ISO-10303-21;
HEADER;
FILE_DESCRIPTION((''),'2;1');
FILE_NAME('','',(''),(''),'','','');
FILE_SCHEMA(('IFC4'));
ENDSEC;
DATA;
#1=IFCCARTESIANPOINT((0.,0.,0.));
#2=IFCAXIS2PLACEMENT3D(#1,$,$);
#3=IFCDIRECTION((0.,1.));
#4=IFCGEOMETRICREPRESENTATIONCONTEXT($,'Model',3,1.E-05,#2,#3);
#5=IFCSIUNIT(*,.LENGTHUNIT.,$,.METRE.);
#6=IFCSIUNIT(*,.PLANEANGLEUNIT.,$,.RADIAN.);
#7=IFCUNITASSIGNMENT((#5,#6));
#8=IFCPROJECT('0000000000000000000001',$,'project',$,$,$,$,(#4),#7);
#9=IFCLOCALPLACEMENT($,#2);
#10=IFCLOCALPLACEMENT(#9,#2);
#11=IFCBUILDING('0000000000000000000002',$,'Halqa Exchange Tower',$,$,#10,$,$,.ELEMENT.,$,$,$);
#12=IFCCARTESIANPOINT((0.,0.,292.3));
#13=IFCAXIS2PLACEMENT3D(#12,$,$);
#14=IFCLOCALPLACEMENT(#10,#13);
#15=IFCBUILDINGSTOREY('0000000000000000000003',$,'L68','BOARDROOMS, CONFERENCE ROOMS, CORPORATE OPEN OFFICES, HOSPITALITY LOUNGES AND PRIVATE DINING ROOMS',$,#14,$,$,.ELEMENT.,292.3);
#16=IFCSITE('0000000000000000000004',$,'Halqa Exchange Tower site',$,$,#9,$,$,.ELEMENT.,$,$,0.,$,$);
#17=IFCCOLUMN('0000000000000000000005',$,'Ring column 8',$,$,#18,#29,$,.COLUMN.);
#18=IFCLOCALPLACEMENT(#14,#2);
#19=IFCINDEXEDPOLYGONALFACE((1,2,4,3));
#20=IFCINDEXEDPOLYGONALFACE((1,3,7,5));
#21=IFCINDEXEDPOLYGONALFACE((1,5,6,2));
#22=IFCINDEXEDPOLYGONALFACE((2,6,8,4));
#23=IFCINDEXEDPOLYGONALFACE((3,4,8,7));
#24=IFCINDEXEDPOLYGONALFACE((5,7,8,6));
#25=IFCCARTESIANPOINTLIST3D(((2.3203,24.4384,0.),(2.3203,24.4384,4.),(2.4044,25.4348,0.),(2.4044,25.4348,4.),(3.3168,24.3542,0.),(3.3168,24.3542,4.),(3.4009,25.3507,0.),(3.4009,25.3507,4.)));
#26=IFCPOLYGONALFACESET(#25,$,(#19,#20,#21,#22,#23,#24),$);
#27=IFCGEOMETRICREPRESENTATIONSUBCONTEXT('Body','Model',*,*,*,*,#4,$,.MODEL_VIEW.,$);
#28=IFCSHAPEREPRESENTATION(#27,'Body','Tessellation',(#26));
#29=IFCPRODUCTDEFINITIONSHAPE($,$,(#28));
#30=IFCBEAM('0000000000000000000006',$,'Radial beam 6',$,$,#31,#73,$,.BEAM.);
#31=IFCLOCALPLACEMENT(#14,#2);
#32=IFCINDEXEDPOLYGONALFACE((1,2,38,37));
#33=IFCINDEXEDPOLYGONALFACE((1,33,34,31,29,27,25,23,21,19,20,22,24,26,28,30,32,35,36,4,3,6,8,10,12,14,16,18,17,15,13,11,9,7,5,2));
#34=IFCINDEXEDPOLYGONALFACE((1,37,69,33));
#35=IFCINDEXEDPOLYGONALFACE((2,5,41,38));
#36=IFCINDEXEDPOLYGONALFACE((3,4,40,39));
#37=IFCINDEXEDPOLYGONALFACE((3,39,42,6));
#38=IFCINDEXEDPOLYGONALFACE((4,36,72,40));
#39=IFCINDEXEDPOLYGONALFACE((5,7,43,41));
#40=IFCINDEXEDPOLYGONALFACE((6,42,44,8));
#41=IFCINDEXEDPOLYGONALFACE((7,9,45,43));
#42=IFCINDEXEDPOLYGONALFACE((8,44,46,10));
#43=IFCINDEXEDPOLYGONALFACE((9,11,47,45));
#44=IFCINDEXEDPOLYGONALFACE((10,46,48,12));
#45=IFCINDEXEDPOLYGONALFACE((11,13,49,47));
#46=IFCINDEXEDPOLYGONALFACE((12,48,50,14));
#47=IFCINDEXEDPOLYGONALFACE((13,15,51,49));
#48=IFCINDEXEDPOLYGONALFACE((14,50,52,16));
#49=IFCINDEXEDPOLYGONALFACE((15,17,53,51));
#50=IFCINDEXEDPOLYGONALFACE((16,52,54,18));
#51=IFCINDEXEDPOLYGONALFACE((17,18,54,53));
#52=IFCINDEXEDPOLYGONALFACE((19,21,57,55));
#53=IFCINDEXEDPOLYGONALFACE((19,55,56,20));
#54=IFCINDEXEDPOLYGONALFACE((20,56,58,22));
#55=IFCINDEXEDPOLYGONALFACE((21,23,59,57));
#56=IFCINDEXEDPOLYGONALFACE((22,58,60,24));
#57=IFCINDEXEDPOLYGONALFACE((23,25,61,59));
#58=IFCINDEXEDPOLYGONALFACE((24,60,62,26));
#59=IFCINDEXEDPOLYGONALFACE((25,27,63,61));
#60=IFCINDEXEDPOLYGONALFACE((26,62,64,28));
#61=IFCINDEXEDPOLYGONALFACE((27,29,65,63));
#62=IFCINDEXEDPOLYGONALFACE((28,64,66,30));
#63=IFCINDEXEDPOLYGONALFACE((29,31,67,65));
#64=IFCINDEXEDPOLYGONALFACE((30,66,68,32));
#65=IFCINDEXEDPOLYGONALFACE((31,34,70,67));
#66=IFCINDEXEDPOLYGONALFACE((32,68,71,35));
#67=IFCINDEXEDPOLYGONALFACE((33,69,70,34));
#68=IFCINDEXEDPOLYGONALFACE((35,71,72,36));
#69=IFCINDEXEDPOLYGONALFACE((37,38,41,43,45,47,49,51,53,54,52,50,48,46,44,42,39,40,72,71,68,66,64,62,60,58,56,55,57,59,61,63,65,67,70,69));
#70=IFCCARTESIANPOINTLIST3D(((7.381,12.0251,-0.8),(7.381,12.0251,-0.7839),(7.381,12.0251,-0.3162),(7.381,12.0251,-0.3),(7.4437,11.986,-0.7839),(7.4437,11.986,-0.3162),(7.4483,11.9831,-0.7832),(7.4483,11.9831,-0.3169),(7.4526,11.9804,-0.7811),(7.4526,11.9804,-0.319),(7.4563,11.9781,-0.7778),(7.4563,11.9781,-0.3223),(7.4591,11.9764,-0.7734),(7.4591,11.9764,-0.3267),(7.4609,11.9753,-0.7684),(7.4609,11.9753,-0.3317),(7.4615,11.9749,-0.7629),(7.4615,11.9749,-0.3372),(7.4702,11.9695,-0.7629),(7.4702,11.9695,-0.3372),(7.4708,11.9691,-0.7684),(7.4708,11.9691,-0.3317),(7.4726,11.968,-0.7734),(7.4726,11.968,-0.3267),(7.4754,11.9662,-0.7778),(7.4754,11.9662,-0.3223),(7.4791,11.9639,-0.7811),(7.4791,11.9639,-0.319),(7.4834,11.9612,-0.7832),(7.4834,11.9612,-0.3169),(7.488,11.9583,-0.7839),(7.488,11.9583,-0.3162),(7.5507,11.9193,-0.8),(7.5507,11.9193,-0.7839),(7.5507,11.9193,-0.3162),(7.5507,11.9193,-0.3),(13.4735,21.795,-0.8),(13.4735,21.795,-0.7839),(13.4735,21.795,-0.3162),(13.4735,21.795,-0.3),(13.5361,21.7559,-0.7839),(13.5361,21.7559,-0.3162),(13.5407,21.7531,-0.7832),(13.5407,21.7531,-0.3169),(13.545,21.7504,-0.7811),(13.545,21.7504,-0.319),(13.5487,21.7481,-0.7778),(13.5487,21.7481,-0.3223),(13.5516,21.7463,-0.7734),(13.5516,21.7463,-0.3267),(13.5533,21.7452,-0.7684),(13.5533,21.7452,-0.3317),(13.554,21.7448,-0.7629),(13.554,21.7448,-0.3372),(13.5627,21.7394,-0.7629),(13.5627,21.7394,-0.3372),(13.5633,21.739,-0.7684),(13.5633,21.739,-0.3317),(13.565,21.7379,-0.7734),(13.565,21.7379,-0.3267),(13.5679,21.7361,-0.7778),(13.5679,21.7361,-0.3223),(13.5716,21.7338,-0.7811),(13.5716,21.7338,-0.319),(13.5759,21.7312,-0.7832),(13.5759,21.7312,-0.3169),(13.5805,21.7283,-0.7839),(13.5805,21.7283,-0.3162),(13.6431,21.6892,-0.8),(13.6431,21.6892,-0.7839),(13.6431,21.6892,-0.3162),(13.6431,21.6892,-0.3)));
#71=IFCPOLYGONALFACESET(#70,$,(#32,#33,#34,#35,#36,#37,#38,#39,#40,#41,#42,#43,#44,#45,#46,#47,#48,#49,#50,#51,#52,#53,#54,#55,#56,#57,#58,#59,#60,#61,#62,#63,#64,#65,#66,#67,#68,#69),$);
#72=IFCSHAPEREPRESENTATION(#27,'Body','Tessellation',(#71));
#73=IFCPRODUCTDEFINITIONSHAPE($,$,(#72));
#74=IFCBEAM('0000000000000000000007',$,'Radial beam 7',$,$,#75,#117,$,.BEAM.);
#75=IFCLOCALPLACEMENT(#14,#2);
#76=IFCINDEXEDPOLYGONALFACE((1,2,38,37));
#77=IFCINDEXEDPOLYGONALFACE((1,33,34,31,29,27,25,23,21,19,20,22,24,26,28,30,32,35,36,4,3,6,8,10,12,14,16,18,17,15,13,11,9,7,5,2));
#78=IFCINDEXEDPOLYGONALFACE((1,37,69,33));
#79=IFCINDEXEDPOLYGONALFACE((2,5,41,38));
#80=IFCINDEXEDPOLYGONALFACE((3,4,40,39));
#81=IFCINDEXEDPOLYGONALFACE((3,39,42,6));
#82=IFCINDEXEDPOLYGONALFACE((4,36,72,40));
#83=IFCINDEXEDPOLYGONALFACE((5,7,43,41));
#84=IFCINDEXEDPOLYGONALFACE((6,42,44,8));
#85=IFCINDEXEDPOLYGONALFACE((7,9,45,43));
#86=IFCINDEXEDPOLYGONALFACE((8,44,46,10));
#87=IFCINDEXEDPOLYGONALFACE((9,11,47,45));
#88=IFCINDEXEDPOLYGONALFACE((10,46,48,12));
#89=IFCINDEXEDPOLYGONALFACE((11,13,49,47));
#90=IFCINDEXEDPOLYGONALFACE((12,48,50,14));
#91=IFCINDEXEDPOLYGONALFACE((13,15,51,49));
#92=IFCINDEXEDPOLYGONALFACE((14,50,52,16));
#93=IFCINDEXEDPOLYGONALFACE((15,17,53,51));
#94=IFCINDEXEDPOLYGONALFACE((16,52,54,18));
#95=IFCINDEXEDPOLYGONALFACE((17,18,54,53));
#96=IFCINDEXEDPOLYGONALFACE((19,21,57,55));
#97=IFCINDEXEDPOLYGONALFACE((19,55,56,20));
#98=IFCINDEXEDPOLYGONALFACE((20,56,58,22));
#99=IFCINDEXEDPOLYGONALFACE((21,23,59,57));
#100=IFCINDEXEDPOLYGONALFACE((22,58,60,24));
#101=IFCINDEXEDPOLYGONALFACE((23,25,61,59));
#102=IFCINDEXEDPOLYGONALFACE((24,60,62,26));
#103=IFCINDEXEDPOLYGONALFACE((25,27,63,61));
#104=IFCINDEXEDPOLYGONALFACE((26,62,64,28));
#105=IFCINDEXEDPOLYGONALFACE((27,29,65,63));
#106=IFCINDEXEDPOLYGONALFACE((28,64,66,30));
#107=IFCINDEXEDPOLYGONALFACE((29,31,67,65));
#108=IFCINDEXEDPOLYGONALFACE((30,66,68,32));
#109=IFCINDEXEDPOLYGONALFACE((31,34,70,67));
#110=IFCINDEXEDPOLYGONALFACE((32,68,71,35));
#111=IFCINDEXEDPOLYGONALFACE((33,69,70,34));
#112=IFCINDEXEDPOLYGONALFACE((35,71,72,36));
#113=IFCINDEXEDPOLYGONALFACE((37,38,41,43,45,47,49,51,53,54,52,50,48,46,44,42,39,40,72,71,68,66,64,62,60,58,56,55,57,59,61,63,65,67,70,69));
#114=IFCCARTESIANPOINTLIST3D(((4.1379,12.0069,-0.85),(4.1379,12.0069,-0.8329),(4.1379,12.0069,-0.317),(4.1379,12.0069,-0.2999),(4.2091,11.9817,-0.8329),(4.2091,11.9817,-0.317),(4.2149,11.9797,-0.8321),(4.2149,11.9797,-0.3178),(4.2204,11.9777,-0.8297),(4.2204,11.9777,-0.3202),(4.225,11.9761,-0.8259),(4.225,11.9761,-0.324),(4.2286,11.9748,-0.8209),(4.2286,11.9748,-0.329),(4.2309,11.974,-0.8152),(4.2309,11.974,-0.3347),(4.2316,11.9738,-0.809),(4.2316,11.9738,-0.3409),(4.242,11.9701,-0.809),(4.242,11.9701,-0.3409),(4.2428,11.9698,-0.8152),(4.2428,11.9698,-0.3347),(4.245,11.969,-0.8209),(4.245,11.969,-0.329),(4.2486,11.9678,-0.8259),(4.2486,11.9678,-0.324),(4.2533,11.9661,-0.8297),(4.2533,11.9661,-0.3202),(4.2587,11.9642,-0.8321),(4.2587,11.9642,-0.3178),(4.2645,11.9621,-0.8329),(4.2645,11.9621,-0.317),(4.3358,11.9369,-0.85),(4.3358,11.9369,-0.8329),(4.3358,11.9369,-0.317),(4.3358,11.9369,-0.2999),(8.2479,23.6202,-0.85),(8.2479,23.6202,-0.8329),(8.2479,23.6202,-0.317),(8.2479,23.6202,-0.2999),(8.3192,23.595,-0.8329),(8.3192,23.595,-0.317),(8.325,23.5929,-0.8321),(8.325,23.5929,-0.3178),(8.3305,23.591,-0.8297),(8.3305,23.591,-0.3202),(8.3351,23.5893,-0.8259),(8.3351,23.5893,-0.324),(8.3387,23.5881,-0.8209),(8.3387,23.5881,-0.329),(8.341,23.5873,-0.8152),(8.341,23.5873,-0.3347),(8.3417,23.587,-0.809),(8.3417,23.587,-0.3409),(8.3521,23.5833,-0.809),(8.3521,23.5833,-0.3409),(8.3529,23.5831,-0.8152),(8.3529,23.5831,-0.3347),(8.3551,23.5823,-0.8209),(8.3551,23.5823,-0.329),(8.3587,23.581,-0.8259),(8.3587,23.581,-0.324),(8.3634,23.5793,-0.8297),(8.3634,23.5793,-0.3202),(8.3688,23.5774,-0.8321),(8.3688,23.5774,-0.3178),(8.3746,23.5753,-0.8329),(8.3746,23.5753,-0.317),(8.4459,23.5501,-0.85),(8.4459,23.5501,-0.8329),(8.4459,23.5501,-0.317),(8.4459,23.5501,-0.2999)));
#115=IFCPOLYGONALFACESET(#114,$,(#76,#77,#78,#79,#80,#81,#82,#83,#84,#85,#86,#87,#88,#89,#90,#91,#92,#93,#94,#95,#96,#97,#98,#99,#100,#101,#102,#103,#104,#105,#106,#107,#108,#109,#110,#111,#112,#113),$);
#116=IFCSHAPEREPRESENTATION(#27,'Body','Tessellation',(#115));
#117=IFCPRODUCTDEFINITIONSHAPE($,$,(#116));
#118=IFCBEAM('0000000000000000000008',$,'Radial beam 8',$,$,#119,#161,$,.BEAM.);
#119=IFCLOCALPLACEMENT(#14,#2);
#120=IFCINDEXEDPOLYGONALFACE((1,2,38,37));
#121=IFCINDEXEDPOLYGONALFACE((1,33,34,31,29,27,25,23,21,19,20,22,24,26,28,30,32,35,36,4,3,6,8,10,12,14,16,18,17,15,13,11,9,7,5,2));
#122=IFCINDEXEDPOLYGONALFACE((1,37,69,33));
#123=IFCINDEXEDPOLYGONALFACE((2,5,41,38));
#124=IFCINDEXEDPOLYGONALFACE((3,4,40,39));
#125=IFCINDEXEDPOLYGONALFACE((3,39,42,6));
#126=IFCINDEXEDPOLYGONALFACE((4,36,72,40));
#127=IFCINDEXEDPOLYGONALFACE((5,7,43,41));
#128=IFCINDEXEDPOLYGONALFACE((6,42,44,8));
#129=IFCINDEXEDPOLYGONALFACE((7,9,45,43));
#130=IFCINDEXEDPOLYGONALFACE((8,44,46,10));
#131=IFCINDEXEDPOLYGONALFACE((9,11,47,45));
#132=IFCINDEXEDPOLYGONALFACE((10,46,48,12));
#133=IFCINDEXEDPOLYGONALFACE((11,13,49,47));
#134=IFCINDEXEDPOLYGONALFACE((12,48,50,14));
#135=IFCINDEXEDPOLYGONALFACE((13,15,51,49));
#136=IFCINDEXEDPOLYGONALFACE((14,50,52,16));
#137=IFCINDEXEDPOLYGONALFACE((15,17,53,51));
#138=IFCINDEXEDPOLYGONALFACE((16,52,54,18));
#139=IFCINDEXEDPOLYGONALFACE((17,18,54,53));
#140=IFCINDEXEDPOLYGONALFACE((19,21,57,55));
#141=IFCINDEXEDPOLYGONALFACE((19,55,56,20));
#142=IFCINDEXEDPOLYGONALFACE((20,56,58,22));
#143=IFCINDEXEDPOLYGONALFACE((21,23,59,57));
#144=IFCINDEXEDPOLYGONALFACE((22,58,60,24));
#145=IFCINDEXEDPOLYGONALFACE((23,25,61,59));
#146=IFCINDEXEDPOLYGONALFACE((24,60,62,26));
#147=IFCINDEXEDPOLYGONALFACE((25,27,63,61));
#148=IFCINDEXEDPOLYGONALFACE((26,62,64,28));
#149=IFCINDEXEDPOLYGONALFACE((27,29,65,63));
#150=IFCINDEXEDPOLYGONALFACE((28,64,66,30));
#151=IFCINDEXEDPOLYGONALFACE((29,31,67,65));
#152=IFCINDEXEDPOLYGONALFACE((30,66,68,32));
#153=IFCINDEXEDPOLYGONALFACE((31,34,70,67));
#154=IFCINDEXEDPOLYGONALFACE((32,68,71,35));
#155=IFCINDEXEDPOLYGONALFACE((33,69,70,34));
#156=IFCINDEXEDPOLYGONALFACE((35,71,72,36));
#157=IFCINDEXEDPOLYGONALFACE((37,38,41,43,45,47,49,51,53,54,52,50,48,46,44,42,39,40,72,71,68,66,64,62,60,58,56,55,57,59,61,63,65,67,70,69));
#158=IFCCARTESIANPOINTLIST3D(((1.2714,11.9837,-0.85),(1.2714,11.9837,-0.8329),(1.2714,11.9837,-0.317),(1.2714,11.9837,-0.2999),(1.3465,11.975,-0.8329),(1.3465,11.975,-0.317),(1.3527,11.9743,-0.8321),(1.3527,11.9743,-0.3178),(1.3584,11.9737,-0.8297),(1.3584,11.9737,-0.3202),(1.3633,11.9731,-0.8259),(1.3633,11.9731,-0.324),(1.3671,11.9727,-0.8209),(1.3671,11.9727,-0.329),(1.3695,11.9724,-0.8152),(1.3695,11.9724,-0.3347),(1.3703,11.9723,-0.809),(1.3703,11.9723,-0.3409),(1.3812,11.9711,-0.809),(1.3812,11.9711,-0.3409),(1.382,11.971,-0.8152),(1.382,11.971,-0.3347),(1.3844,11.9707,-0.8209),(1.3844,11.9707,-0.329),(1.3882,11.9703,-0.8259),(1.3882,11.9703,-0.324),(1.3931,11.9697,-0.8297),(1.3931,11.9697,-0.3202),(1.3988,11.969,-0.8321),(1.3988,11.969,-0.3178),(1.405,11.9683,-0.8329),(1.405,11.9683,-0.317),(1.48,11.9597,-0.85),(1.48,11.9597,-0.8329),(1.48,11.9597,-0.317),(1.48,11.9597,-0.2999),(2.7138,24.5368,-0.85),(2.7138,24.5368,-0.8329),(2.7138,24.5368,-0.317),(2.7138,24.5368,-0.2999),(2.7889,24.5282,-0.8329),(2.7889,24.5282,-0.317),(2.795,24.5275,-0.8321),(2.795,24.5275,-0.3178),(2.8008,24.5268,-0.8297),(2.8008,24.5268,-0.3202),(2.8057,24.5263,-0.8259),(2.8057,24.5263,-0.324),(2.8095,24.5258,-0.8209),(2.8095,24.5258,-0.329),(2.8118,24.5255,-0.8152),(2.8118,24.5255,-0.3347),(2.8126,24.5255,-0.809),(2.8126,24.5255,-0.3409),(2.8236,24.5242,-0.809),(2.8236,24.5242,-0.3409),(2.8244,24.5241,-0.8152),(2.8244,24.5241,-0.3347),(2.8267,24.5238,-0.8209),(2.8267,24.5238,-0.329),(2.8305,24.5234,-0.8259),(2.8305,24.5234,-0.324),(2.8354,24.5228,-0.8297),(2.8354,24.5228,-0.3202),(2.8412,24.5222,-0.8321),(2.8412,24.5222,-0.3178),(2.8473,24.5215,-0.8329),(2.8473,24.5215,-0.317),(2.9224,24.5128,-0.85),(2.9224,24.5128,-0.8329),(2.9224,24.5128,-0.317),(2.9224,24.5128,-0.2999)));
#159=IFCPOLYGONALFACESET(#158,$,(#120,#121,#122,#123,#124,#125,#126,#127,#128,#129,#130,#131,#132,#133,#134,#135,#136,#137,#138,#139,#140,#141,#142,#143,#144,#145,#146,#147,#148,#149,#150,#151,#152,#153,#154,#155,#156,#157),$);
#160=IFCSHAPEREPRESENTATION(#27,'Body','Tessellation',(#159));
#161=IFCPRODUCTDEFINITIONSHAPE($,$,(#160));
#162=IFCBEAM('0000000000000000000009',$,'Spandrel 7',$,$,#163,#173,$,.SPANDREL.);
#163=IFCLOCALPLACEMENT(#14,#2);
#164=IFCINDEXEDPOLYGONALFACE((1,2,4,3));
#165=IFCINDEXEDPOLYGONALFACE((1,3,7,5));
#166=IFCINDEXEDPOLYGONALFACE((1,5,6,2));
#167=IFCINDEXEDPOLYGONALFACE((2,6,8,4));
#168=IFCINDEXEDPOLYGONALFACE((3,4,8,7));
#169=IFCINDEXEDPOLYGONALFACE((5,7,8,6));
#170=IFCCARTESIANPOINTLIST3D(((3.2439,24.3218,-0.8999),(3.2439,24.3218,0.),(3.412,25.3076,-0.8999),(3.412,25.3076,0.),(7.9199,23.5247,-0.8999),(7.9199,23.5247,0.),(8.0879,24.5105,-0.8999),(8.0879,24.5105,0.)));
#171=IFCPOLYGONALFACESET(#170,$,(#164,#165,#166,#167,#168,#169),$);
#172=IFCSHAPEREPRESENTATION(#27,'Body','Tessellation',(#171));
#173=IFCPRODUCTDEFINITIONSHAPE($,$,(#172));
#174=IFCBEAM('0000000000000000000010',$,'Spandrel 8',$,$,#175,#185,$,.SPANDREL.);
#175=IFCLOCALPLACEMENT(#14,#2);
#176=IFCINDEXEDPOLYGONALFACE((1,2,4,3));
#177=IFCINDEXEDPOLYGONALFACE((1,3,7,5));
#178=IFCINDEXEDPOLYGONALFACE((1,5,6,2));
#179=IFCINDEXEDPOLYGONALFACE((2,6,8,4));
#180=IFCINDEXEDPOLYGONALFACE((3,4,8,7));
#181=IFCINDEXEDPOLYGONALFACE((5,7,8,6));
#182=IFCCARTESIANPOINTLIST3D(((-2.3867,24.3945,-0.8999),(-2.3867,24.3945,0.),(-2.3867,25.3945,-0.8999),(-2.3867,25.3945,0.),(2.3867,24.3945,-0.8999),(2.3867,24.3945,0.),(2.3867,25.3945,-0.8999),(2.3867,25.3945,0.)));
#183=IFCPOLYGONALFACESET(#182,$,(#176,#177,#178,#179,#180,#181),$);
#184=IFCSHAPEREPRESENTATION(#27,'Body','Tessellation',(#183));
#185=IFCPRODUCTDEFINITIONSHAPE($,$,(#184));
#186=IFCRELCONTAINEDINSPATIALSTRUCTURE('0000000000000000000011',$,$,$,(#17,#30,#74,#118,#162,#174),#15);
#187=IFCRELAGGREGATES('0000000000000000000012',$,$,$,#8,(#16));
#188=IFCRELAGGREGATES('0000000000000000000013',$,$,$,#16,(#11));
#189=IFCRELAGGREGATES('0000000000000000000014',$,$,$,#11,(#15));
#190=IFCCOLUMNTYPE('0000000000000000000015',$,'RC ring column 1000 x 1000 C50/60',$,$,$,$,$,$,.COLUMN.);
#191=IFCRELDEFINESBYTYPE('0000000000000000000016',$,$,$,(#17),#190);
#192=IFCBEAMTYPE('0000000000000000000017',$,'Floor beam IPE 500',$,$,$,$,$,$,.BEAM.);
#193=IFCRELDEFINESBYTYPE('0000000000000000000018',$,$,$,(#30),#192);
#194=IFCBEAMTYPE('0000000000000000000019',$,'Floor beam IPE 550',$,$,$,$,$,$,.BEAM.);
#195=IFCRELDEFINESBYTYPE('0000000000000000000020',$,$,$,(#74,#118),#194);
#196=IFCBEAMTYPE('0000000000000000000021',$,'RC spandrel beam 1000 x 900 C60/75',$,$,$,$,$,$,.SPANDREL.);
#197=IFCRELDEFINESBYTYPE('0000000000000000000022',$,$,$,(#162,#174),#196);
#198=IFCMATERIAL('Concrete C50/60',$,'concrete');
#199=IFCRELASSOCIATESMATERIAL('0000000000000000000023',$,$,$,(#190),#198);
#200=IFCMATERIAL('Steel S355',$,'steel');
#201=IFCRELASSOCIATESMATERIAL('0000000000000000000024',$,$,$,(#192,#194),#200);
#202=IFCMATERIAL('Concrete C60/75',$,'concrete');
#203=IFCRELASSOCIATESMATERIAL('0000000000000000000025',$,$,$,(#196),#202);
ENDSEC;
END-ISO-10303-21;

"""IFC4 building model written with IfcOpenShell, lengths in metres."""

from ifc_helpers import new_model, si_unit, direction, frame, origin, origin_2d, place, context, subcontext, project, spatial, rectangle, i_section, extrude, material, material_profile, profile_set, type_object, element, save


model = new_model("IFC4")

# Units and contexts
model_context = context("Model", 3, precision=1e-05, world=origin(), true_north=direction((0.0, 1.0)))
body_context = subcontext(model_context, "Body", "Model", "MODEL_VIEW")
ifc_project = project(units=[si_unit("LENGTHUNIT", "METRE"), si_unit("PLANEANGLEUNIT", "RADIAN")], contexts=[model_context])

# Site, building, storey
site_placement = place(None, origin())
site = spatial("IfcSite", under=ifc_project, at=site_placement, Name="Halqa Exchange Tower site", CompositionType="ELEMENT", RefElevation=0.0)
building_placement = place(site_placement, origin())
building = spatial("IfcBuilding", under=site, at=building_placement, Name="Halqa Exchange Tower", CompositionType="ELEMENT")
storey_placement = place(building_placement, frame((0.0, 0.0, 292.3)))
storey = spatial("IfcBuildingStorey", under=building, at=storey_placement, Name="L68", Description="BOARDROOMS, CONFERENCE ROOMS, CORPORATE OPEN OFFICES, HOSPITALITY LOUNGES AND PRIVATE DINING ROOMS", CompositionType="ELEMENT", Elevation=292.3)

# Column
ifc_material_1 = material(Name="Concrete C50/60", Category="concrete")
ifc_material_profile_1 = material_profile(ifc_material_1, rectangle(XDim=1.0, YDim=1.0, at=origin_2d()), Name="1000 x 1000")
ifc_profile_set_1 = profile_set([ifc_material_profile_1], Name="Concrete C50/60")
column_type = type_object("IfcColumnType", Name="RC ring column 1000 x 1000 C50/60", PredefinedType="COLUMN", material=ifc_profile_set_1)
column_placement = place(storey_placement, frame((2.8606, 24.8945, 0.0), z_axis=(0.0, 0.0, 1.0), x_axis=(-0.996456, 0.084114, 0.0)))
element("IfcColumn", 1, at=column_placement, inside=storey, type_object=column_type, Name="Ring column 8", PredefinedType="COLUMN", context=body_context, shape_type="SweptSolid", body=[
    extrude(rectangle(XDim=1.0, YDim=1.0, at=origin_2d()), origin(), (0.0, 0.0, 1.0), 4.0),
])

# Beams
ifc_material_2 = material(Name="Steel S355", Category="steel")
ifc_material_profile_2 = material_profile(ifc_material_2, i_section(OverallWidth=0.2, OverallDepth=0.5, WebThickness=0.0103, FlangeThickness=0.0161, FilletRadius=0.021, at=origin_2d()), Name="IPE 500")
ifc_profile_set_2 = profile_set([ifc_material_profile_2], Name="Steel S355")
beam_type_1 = type_object("IfcBeamType", Name="Floor beam IPE 500", PredefinedType="BEAM", material=ifc_profile_set_2)
beam_1_placement = place(storey_placement, frame((7.4658, 11.9722, -0.55), z_axis=(0.529141, 0.848534, 0.0), x_axis=(-0.848534, 0.529141, 0.0)))
element("IfcBeam", 2, at=beam_1_placement, inside=storey, type_object=beam_type_1, Name="Radial beam 6", PredefinedType="BEAM", context=body_context, shape_type="SweptSolid", body=[
    extrude(i_section(OverallWidth=0.2, OverallDepth=0.5, WebThickness=0.0103, FlangeThickness=0.0161, FilletRadius=0.021, at=origin_2d()), origin(), (0.0, 0.0, 1.0), 11.5139),
])
ifc_material_profile_3 = material_profile(ifc_material_2, i_section(OverallWidth=0.21, OverallDepth=0.55, WebThickness=0.011, FlangeThickness=0.0171, FilletRadius=0.0239, at=origin_2d()), Name="IPE 550")
ifc_profile_set_3 = profile_set([ifc_material_profile_3], Name="Steel S355")
beam_type_2 = type_object("IfcBeamType", Name="Floor beam IPE 550", PredefinedType="BEAM", material=ifc_profile_set_3)
beam_2_placement = place(storey_placement, frame((4.2368, 11.9719, -0.575), z_axis=(0.333636, 0.942702, 0.0), x_axis=(-0.942702, 0.333636, 0.0)))
element("IfcBeam", 3, at=beam_2_placement, inside=storey, type_object=beam_type_2, Name="Radial beam 7", PredefinedType="BEAM", context=body_context, shape_type="SweptSolid", body=[
    extrude(i_section(OverallWidth=0.21, OverallDepth=0.55, WebThickness=0.011, FlangeThickness=0.0171, FilletRadius=0.0239, at=origin_2d()), origin(), (0.0, 0.0, 1.0), 12.3191),
])
beam_3_placement = place(storey_placement, frame((1.3757, 11.9717, -0.575), z_axis=(0.11415, 0.993463, 0.0), x_axis=(-0.993463, 0.11415, 0.0)))
element("IfcBeam", 4, at=beam_3_placement, inside=storey, type_object=beam_type_2, Name="Radial beam 8", PredefinedType="BEAM", context=body_context, shape_type="SweptSolid", body=[
    extrude(i_section(OverallWidth=0.21, OverallDepth=0.55, WebThickness=0.011, FlangeThickness=0.0171, FilletRadius=0.0239, at=origin_2d()), origin(), (0.0, 0.0, 1.0), 12.6357),
])
ifc_material_3 = material(Name="Concrete C60/75", Category="concrete")
ifc_material_profile_4 = material_profile(ifc_material_3, rectangle(XDim=1.0, YDim=0.8999, at=origin_2d()), Name="1000 x 900")
ifc_profile_set_4 = profile_set([ifc_material_profile_4], Name="Concrete C60/75")
beam_type_3 = type_object("IfcBeamType", Name="RC spandrel beam 1000 x 900 C60/75", PredefinedType="SPANDREL", material=ifc_profile_set_4)
beam_4_placement = place(storey_placement, frame((8.0039, 24.0176, -0.45), z_axis=(-0.985779, 0.168045, 0.0), x_axis=(-0.168045, -0.985779, 0.0)))
element("IfcBeam", 5, at=beam_4_placement, inside=storey, type_object=beam_type_3, Name="Spandrel 7", PredefinedType="SPANDREL", context=body_context, shape_type="SweptSolid", body=[
    extrude(rectangle(XDim=1.0, YDim=0.8999, at=origin_2d()), origin(), (0.0, 0.0, 1.0), 4.7434),
])
beam_5_placement = place(storey_placement, frame((2.3867, 24.8945, -0.45), z_axis=(-1.0, 0.0, 0.0), x_axis=(0.0, -1.0, 0.0)))
element("IfcBeam", 6, at=beam_5_placement, inside=storey, type_object=beam_type_3, Name="Spandrel 8", PredefinedType="SPANDREL", context=body_context, shape_type="SweptSolid", body=[
    extrude(rectangle(XDim=1.0, YDim=0.8999, at=origin_2d()), origin(), (0.0, 0.0, 1.0), 4.7734),
])

save(model, "model.ifc")
